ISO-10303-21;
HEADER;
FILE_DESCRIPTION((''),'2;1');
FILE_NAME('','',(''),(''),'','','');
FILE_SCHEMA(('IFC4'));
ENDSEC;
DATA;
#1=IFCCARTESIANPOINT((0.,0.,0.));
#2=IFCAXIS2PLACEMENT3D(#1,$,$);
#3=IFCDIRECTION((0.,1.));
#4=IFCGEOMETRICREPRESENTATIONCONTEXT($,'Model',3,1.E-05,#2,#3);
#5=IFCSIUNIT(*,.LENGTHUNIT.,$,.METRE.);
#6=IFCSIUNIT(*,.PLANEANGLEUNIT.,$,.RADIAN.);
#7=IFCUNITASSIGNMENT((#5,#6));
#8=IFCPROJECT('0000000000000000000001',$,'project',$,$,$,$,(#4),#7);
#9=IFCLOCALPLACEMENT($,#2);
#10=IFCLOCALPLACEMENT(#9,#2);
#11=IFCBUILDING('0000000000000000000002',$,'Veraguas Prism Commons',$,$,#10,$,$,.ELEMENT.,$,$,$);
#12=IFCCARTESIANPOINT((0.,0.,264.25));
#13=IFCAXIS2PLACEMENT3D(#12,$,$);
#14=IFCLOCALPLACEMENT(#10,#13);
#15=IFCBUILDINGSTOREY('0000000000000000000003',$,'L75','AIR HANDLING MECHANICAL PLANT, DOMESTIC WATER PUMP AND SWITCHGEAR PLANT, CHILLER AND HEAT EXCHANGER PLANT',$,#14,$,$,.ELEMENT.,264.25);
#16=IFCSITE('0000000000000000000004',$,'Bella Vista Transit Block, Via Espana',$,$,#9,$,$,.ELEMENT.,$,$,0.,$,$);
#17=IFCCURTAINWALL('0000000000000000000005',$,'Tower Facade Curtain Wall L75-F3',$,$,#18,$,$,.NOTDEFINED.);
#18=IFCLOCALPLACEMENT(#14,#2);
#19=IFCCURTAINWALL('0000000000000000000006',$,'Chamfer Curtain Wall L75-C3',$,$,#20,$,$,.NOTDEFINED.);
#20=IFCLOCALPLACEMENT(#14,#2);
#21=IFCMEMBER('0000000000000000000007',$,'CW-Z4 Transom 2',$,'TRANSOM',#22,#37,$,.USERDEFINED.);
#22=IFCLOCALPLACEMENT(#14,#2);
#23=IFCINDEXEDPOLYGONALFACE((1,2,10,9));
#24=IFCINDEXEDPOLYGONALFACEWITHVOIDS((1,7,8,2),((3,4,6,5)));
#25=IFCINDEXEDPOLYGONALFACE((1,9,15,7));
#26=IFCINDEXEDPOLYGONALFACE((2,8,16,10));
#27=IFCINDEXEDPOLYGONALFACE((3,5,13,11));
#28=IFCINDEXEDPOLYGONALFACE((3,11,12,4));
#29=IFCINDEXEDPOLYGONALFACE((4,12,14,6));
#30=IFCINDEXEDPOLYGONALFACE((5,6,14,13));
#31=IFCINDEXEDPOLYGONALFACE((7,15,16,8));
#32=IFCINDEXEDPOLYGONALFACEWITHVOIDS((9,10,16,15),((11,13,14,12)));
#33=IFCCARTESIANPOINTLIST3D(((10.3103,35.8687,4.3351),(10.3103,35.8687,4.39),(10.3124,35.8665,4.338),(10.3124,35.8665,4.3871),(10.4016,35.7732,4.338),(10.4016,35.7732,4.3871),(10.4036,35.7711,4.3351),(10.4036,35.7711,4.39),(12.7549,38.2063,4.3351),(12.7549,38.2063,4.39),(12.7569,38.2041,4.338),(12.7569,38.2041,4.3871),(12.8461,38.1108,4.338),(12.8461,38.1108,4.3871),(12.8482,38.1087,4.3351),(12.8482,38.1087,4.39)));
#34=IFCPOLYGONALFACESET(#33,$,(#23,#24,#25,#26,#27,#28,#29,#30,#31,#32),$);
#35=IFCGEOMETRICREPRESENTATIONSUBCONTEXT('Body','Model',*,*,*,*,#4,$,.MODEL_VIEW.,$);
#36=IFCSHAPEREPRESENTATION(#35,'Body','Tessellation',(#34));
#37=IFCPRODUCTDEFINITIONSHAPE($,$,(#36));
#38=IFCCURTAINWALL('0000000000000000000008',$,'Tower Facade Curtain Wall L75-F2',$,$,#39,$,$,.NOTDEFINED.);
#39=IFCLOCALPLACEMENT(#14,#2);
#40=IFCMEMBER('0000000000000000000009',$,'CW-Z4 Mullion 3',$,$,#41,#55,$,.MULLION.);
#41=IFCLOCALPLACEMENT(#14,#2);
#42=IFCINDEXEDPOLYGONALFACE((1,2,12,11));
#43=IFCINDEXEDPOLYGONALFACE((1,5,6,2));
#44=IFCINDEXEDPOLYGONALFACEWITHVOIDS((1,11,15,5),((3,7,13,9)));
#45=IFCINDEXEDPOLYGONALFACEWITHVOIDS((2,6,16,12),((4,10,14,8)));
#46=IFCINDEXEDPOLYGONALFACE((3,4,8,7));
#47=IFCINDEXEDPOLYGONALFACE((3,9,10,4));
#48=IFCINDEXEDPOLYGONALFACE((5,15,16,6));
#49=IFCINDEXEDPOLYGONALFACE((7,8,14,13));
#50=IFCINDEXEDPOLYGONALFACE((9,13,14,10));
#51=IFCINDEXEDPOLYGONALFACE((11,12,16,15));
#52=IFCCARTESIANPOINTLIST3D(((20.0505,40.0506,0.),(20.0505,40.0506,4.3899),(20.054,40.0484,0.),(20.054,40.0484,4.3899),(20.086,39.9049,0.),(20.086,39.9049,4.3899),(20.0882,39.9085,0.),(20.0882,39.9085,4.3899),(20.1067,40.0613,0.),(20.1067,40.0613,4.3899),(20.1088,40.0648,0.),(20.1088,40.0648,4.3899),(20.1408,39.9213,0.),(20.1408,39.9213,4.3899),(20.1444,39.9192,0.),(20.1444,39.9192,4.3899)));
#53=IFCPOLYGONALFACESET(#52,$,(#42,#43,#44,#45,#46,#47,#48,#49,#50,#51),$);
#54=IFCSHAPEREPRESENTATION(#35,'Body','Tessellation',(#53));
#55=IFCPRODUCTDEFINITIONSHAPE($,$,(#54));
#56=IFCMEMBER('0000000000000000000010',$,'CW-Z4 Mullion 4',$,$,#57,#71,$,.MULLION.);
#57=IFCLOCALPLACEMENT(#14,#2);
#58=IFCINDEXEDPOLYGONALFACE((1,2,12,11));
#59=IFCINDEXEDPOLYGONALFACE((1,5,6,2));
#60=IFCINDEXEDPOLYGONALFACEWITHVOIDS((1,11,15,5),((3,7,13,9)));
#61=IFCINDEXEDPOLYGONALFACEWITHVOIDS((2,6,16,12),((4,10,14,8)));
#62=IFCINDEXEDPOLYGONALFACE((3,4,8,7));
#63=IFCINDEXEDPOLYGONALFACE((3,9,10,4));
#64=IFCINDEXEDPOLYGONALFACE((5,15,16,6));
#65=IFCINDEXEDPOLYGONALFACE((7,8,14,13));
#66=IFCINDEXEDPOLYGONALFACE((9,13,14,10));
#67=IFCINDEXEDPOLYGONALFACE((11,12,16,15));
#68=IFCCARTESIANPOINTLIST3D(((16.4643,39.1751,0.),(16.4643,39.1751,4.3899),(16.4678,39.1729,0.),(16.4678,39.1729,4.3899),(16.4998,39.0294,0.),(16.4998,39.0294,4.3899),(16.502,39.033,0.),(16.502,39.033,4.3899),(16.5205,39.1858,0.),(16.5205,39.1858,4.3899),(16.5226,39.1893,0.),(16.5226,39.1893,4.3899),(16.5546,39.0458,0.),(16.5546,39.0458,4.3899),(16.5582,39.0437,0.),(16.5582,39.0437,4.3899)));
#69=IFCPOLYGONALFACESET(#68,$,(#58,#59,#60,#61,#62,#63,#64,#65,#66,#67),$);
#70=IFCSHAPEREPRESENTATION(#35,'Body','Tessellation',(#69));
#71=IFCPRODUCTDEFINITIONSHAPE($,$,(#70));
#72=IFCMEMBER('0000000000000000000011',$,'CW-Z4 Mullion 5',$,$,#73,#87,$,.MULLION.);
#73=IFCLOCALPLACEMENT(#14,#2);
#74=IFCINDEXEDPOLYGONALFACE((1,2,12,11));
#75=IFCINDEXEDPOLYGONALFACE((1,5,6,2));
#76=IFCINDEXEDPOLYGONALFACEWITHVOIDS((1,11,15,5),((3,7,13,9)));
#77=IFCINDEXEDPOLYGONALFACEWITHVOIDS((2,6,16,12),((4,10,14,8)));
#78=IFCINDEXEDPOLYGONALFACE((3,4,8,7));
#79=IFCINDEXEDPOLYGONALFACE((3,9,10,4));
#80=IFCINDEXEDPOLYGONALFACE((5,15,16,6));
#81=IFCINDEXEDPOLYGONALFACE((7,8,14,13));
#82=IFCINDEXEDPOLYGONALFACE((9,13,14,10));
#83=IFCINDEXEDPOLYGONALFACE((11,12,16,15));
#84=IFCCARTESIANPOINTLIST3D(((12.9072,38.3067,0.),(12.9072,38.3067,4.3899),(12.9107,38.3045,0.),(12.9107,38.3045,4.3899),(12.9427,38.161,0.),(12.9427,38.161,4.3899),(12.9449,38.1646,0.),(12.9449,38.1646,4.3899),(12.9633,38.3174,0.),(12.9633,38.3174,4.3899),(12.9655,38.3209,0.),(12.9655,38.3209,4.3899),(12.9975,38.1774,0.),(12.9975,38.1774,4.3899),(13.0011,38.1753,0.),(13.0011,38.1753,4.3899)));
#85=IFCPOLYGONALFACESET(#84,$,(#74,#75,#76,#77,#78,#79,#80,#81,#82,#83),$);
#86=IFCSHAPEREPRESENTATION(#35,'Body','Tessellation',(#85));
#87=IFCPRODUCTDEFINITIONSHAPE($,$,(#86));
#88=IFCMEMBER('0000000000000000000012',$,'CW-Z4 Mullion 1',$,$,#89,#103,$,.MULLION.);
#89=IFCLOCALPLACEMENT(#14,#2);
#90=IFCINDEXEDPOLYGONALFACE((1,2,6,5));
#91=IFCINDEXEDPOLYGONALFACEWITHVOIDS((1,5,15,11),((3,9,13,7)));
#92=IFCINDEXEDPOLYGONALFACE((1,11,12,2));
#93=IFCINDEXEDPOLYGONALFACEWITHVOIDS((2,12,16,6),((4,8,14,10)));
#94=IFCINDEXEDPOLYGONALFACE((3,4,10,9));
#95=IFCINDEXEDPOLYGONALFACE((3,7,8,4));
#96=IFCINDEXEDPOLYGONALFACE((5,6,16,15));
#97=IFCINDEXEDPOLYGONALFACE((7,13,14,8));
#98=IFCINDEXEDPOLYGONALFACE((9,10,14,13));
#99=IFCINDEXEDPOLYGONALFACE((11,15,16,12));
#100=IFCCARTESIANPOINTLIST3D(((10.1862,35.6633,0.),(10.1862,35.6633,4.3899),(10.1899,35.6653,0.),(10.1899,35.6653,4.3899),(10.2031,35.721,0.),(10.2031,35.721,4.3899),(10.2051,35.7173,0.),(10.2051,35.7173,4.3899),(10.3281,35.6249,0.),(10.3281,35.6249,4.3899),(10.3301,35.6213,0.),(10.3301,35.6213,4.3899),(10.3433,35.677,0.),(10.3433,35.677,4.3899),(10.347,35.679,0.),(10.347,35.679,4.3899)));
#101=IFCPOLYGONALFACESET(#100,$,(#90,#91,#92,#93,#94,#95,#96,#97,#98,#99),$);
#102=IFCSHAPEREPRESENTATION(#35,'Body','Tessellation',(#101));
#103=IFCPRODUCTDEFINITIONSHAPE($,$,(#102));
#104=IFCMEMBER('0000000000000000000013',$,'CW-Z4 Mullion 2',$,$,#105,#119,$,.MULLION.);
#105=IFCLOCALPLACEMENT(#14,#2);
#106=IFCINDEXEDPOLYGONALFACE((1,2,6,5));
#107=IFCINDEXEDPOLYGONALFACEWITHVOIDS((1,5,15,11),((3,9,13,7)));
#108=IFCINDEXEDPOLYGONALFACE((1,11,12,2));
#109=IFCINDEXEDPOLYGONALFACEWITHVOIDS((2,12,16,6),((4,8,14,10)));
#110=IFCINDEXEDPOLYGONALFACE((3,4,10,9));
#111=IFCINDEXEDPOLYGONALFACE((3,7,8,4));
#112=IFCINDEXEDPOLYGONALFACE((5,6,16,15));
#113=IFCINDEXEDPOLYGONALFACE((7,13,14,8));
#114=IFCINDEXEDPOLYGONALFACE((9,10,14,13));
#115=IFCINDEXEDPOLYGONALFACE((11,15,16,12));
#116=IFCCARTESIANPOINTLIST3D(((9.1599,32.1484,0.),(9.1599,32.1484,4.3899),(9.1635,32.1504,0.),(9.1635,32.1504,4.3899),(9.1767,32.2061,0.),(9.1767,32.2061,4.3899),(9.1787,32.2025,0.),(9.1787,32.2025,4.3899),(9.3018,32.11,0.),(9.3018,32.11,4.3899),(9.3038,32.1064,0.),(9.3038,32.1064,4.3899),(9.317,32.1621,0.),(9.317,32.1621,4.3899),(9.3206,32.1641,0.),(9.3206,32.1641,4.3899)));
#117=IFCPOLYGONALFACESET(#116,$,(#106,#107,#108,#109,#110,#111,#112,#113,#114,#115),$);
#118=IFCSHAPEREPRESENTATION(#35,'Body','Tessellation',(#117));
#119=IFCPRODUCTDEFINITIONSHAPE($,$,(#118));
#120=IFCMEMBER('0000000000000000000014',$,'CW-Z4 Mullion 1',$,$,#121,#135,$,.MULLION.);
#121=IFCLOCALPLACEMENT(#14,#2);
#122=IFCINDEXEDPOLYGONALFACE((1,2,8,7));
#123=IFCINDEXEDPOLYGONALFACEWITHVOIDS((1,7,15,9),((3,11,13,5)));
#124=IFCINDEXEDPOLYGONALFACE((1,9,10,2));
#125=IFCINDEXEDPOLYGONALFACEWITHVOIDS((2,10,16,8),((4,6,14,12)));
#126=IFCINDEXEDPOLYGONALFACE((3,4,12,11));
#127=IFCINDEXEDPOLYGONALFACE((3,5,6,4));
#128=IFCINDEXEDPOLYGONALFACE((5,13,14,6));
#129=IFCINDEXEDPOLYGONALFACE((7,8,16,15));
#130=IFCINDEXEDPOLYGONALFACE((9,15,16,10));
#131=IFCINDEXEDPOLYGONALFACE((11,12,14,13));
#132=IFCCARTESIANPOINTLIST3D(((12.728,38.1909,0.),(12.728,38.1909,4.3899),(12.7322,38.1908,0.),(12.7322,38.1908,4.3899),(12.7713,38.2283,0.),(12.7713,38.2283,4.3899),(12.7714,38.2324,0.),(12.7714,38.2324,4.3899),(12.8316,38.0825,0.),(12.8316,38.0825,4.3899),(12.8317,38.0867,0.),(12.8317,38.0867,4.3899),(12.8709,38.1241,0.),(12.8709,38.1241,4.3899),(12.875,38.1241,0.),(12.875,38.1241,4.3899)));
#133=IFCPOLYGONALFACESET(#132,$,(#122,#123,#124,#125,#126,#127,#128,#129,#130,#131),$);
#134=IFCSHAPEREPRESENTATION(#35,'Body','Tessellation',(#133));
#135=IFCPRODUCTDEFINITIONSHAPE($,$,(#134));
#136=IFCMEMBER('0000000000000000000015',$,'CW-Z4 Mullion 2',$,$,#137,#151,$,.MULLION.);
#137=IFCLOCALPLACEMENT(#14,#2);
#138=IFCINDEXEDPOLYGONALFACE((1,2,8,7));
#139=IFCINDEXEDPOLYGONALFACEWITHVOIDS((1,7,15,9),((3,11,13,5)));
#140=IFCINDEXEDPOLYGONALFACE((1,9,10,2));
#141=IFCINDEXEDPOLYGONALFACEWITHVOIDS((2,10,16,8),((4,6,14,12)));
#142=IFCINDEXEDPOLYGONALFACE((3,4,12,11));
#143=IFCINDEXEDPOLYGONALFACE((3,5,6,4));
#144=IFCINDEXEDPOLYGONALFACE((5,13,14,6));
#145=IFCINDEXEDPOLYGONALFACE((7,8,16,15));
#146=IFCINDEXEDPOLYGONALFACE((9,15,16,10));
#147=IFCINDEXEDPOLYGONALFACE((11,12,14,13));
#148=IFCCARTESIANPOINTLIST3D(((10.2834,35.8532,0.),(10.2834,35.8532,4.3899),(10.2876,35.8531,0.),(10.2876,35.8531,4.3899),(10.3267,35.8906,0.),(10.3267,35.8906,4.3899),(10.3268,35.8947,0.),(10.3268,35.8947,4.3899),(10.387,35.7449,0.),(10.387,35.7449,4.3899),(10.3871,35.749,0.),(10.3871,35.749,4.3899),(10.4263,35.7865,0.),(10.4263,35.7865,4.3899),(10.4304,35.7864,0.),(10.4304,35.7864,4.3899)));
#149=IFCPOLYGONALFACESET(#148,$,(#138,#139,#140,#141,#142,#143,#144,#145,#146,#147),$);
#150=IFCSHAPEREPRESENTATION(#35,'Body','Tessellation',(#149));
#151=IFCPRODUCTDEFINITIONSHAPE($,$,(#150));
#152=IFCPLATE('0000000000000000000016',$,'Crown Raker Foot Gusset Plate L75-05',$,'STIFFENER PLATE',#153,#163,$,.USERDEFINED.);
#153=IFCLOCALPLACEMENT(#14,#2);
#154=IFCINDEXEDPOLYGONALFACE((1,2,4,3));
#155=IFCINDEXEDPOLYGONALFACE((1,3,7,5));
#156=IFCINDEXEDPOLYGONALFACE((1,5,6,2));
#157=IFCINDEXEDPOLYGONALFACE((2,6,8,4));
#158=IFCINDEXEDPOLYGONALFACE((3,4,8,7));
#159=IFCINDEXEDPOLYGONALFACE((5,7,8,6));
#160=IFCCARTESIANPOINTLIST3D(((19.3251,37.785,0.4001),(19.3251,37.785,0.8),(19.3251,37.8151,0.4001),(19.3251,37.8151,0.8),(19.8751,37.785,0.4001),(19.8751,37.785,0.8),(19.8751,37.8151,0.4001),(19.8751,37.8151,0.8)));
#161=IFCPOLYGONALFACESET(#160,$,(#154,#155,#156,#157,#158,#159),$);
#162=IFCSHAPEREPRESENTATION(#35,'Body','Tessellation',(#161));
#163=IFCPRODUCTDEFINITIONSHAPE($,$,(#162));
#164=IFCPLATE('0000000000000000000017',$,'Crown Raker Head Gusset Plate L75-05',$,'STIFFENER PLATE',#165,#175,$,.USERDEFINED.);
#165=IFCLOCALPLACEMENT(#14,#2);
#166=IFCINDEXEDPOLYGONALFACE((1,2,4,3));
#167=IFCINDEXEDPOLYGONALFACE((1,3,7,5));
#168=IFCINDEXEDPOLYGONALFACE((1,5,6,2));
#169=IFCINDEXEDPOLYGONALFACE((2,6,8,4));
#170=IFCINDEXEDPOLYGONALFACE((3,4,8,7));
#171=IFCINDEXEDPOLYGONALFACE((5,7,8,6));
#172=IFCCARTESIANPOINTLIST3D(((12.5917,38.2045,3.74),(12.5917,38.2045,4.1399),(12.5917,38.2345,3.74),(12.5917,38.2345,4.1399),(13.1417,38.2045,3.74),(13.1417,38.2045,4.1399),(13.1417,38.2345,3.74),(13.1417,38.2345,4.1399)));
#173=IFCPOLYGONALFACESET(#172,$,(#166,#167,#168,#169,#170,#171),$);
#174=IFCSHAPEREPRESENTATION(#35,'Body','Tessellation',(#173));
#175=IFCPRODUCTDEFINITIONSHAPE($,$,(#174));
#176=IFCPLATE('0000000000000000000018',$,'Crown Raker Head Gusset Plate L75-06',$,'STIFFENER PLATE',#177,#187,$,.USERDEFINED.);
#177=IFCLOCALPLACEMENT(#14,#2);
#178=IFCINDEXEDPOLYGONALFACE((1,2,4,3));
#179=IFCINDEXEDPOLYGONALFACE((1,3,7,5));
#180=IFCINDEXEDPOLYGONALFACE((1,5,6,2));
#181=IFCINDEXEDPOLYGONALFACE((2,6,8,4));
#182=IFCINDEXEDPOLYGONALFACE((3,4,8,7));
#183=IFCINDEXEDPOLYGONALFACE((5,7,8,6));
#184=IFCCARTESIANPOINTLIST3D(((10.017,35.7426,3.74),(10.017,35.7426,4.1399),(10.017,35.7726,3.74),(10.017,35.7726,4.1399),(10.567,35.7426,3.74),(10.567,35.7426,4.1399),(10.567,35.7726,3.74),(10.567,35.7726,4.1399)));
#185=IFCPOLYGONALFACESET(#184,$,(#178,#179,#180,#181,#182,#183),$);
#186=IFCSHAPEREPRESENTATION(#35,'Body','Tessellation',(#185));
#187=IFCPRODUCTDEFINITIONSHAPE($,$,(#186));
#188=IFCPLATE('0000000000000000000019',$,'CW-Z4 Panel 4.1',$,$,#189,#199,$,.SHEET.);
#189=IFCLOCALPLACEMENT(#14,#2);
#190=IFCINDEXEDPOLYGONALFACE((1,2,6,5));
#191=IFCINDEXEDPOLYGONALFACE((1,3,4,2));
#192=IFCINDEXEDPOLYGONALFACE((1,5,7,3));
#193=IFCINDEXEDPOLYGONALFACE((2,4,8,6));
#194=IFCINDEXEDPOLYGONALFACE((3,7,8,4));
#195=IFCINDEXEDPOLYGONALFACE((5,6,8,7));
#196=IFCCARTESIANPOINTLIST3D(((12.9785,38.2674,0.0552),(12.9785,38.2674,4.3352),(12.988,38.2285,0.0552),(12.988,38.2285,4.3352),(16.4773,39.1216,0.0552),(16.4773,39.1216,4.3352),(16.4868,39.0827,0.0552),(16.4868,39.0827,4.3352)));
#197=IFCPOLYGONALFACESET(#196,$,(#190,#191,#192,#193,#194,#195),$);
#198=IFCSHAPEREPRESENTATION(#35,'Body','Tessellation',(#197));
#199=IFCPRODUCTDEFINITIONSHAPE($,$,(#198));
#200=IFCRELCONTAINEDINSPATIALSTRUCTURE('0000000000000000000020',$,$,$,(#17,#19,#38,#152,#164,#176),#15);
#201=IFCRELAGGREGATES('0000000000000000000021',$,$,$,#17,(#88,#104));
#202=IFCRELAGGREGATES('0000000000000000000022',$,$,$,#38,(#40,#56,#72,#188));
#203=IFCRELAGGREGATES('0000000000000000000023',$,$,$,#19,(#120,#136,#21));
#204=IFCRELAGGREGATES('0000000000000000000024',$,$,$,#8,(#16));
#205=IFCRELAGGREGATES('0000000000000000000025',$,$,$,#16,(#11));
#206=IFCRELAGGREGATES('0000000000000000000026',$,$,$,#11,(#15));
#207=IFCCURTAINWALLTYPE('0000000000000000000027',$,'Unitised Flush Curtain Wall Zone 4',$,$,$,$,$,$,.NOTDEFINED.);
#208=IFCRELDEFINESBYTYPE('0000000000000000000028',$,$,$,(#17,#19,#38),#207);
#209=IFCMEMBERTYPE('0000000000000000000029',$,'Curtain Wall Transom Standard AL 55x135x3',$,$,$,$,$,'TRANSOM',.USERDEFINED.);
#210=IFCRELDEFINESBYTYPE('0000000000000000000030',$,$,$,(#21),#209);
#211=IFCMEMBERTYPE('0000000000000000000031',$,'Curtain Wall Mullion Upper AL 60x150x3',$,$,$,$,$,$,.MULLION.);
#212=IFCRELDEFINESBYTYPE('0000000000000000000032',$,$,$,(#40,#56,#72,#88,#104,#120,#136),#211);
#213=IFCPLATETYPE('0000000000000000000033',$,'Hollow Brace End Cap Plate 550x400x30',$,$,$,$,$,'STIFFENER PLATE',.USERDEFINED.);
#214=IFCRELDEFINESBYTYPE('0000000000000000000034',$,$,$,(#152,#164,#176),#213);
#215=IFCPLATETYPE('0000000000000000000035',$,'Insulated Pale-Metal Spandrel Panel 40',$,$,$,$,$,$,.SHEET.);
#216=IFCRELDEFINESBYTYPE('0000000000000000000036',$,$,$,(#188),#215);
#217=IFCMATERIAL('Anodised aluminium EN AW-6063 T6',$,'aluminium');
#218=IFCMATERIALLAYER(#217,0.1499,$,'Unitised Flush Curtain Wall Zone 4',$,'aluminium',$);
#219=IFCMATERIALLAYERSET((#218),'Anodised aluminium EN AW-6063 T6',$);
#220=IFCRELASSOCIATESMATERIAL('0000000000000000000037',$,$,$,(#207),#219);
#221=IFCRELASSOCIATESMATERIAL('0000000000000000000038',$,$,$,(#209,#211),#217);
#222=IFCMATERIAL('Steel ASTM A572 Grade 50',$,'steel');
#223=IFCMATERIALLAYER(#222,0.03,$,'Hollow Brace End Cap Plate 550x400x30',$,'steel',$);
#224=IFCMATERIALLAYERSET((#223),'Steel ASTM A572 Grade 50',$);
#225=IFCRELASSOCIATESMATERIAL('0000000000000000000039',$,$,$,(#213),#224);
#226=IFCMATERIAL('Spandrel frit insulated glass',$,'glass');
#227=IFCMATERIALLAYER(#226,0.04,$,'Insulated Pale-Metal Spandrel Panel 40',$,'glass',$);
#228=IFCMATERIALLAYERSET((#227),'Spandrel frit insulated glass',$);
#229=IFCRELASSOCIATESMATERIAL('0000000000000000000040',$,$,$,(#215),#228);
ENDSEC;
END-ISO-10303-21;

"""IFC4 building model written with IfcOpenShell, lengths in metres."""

from ifc_helpers import new_model, si_unit, direction, frame, origin, origin_2d, place, context, subcontext, project, spatial, rectangle, hollow_rectangle, extrude, source, transform, mapped, material, layer, layer_set, material_profile, profile_set, type_object, element, aggregate, save


model = new_model("IFC4")

# Units and contexts
model_context = context("Model", 3, precision=1e-05, world=origin(), true_north=direction((0.0, 1.0)))
body_context = subcontext(model_context, "Body", "Model", "MODEL_VIEW")
ifc_project = project(units=[si_unit("LENGTHUNIT", "METRE"), si_unit("PLANEANGLEUNIT", "RADIAN")], contexts=[model_context])

# Site, building, storey
site_placement = place(None, origin())
site = spatial("IfcSite", under=ifc_project, at=site_placement, Name="Bella Vista Transit Block, Via Espana", CompositionType="ELEMENT", RefElevation=0.0)
building_placement = place(site_placement, origin())
building = spatial("IfcBuilding", under=site, at=building_placement, Name="Veraguas Prism Commons", CompositionType="ELEMENT")
storey_placement = place(building_placement, frame((0.0, 0.0, 264.25)))
storey = spatial("IfcBuildingStorey", under=building, at=storey_placement, Name="L75", Description="AIR HANDLING MECHANICAL PLANT, DOMESTIC WATER PUMP AND SWITCHGEAR PLANT, CHILLER AND HEAT EXCHANGER PLANT", CompositionType="ELEMENT", Elevation=264.25)

# Curtain walls, members
ifc_material_1 = material(Name="Anodised aluminium EN AW-6063 T6", Category="aluminium")
ifc_layer_1 = layer(ifc_material_1, 0.1499, Name="Unitised Flush Curtain Wall Zone 4", Category="aluminium")
ifc_layer_set_1 = layer_set([ifc_layer_1], Name="Anodised aluminium EN AW-6063 T6")
curtain_wall_type = type_object("IfcCurtainWallType", Name="Unitised Flush Curtain Wall Zone 4", PredefinedType="NOTDEFINED", material=ifc_layer_set_1)
curtain_wall_1_placement = place(storey_placement, origin())
curtain_wall_1 = element("IfcCurtainWall", 1, at=curtain_wall_1_placement, inside=storey, type_object=curtain_wall_type, Name="Tower Facade Curtain Wall L75-F3", PredefinedType="NOTDEFINED")
ifc_material_profile_1 = material_profile(ifc_material_1, hollow_rectangle(XDim=0.0549, YDim=0.135, WallThickness=0.0029, at=origin_2d()), Name="AL55X135X3")
ifc_profile_set_1 = profile_set([ifc_material_profile_1], Name="Anodised aluminium EN AW-6063 T6")
member_type_1 = type_object("IfcMemberType", Name="Curtain Wall Transom Standard AL 55x135x3", ElementType="TRANSOM", PredefinedType="USERDEFINED", material=ifc_profile_set_1)
curtain_wall_2_placement = place(storey_placement, origin())
curtain_wall_2 = element("IfcCurtainWall", 2, at=curtain_wall_2_placement, inside=storey, type_object=curtain_wall_type, Name="Chamfer Curtain Wall L75-C3", PredefinedType="NOTDEFINED")
shared_shape_1 = source(origin(), body_context, "Body", "SweptSolid", [
    extrude(hollow_rectangle(XDim=0.0549, YDim=0.135, WallThickness=0.0029, at=origin_2d()), origin(), (0.0, 0.0, 1.0), 3.3823),
])
member_1_placement = place(storey_placement, frame((12.8015, 38.1575, 4.3625), z_axis=(-0.722737, -0.691123, 0.0), x_axis=(0.0, 0.0, 1.0)))
member_1 = element("IfcMember", 3, at=member_1_placement, type_object=member_type_1, Name="CW-Z4 Transom 2", ObjectType="TRANSOM", PredefinedType="USERDEFINED", context=body_context, shape_type="MappedRepresentation", body=[
    mapped(shared_shape_1, transform((0.0, 0.0, 0.0), scale=1.0)),
])
curtain_wall_3_placement = place(storey_placement, origin())
curtain_wall_3 = element("IfcCurtainWall", 4, at=curtain_wall_3_placement, inside=storey, type_object=curtain_wall_type, Name="Tower Facade Curtain Wall L75-F2", PredefinedType="NOTDEFINED")
ifc_material_profile_2 = material_profile(ifc_material_1, hollow_rectangle(XDim=0.0601, YDim=0.1499, WallThickness=0.0029, at=origin_2d()), Name="AL60X150X3")
ifc_profile_set_2 = profile_set([ifc_material_profile_2], Name="Anodised aluminium EN AW-6063 T6")
member_type_2 = type_object("IfcMemberType", Name="Curtain Wall Mullion Upper AL 60x150x3", PredefinedType="MULLION", material=ifc_profile_set_2)
shared_shape_2 = source(origin(), body_context, "Body", "SweptSolid", [
    extrude(hollow_rectangle(XDim=0.0601, YDim=0.1499, WallThickness=0.0029, at=origin_2d()), origin(), (0.0, 0.0, 1.0), 4.3899),
])
member_2_placement = place(storey_placement, frame((20.0974, 39.9849, 0.0), z_axis=(0.0, 0.0, 1.0), x_axis=(-0.971466, -0.237181, 0.0)))
member_2 = element("IfcMember", 5, at=member_2_placement, type_object=member_type_2, Name="CW-Z4 Mullion 3", PredefinedType="MULLION", context=body_context, shape_type="MappedRepresentation", body=[
    mapped(shared_shape_2, transform((0.0, 0.0, 0.0), scale=1.0)),
])
member_3_placement = place(storey_placement, frame((16.5112, 39.1094, 0.0), z_axis=(0.0, 0.0, 1.0), x_axis=(-0.971466, -0.237181, 0.0)))
member_3 = element("IfcMember", 6, at=member_3_placement, type_object=member_type_2, Name="CW-Z4 Mullion 4", PredefinedType="MULLION", context=body_context, shape_type="MappedRepresentation", body=[
    mapped(shared_shape_2, transform((0.0, 0.0, 0.0), scale=1.0)),
])
member_4_placement = place(storey_placement, frame((12.9541, 38.241, 0.0), z_axis=(0.0, 0.0, 1.0), x_axis=(-0.971466, -0.237181, 0.0)))
member_4 = element("IfcMember", 7, at=member_4_placement, type_object=member_type_2, Name="CW-Z4 Mullion 5", PredefinedType="MULLION", context=body_context, shape_type="MappedRepresentation", body=[
    mapped(shared_shape_2, transform((0.0, 0.0, 0.0), scale=1.0)),
])

# Members
member_5_placement = place(storey_placement, frame((10.2666, 35.6711, 0.0), z_axis=(0.0, 0.0, 1.0), x_axis=(-0.280338, -0.959901, 0.0)))
member_5 = element("IfcMember", 8, at=member_5_placement, type_object=member_type_2, Name="CW-Z4 Mullion 1", PredefinedType="MULLION", context=body_context, shape_type="MappedRepresentation", body=[
    mapped(shared_shape_2, transform((0.0, 0.0, 0.0), scale=1.0)),
])
member_6_placement = place(storey_placement, frame((9.2402, 32.1562, 0.0), z_axis=(0.0, 0.0, 1.0), x_axis=(-0.280338, -0.959901, 0.0)))
member_6 = element("IfcMember", 9, at=member_6_placement, type_object=member_type_2, Name="CW-Z4 Mullion 2", PredefinedType="MULLION", context=body_context, shape_type="MappedRepresentation", body=[
    mapped(shared_shape_2, transform((0.0, 0.0, 0.0), scale=1.0)),
])
member_7_placement = place(storey_placement, frame((12.8015, 38.1575, 0.0), z_axis=(0.0, 0.0, 1.0), x_axis=(-0.722733, -0.691127, 0.0)))
member_7 = element("IfcMember", 10, at=member_7_placement, type_object=member_type_2, Name="CW-Z4 Mullion 1", PredefinedType="MULLION", context=body_context, shape_type="MappedRepresentation", body=[
    mapped(shared_shape_2, transform((0.0, 0.0, 0.0), scale=1.0)),
])
member_8_placement = place(storey_placement, frame((10.3569, 35.8198, 0.0), z_axis=(0.0, 0.0, 1.0), x_axis=(-0.722733, -0.691127, 0.0)))
member_8 = element("IfcMember", 11, at=member_8_placement, type_object=member_type_2, Name="CW-Z4 Mullion 2", PredefinedType="MULLION", context=body_context, shape_type="MappedRepresentation", body=[
    mapped(shared_shape_2, transform((0.0, 0.0, 0.0), scale=1.0)),
])

# Plates
ifc_material_2 = material(Name="Steel ASTM A572 Grade 50", Category="steel")
ifc_layer_2 = layer(ifc_material_2, 0.03, Name="Hollow Brace End Cap Plate 550x400x30", Category="steel")
ifc_layer_set_2 = layer_set([ifc_layer_2], Name="Steel ASTM A572 Grade 50")
plate_type_1 = type_object("IfcPlateType", Name="Hollow Brace End Cap Plate 550x400x30", ElementType="STIFFENER PLATE", PredefinedType="USERDEFINED", material=ifc_layer_set_2)
shared_shape_3 = source(origin(), body_context, "Body", "SweptSolid", [
    extrude(rectangle(XDim=0.55, YDim=0.03, at=origin_2d()), origin(), (0.0, 0.0, 1.0), 0.3999),
])
for number, where, z_axis, x_axis, name in (
    (12, (19.6001, 37.8, 0.4001), (0.0, 0.0, 1.0), (1.0, 0.0, 0.0), "Crown Raker Foot Gusset Plate L75-05"),
    (13, (12.8667, 38.2195, 3.74), (0.0, 0.0, 1.0), (1.0, 0.0, 0.0), "Crown Raker Head Gusset Plate L75-05"),
    (14, (10.292, 35.7576, 3.74), (0.0, 0.0, 1.0), (1.0, 0.0, 0.0), "Crown Raker Head Gusset Plate L75-06"),
):
    element("IfcPlate", number, at=place(storey_placement, frame(where, z_axis=z_axis, x_axis=x_axis)), inside=storey, type_object=plate_type_1, Name=name, ObjectType="STIFFENER PLATE", PredefinedType="USERDEFINED", context=body_context, shape_type="MappedRepresentation", body=[
        mapped(shared_shape_3, transform((0.0, 0.0, 0.0), scale=1.0)),
    ])

# Plate
ifc_material_3 = material(Name="Spandrel frit insulated glass", Category="glass")
ifc_layer_3 = layer(ifc_material_3, 0.04, Name="Insulated Pale-Metal Spandrel Panel 40", Category="glass")
ifc_layer_set_3 = layer_set([ifc_layer_3], Name="Spandrel frit insulated glass")
plate_type_2 = type_object("IfcPlateType", Name="Insulated Pale-Metal Spandrel Panel 40", PredefinedType="SHEET", material=ifc_layer_set_3)
shared_shape_4 = source(origin(), body_context, "Body", "SweptSolid", [
    extrude(rectangle(XDim=3.6016, YDim=0.04, at=origin_2d()), origin(), (0.0, 0.0, 1.0), 4.28),
])
plate_1_placement = place(storey_placement, frame((14.7327, 38.675, 0.0552), z_axis=(0.0, 0.0, 1.0), x_axis=(-0.971466, -0.237181, 0.0)))
plate_1 = element("IfcPlate", 15, at=plate_1_placement, type_object=plate_type_2, Name="CW-Z4 Panel 4.1", PredefinedType="SHEET", context=body_context, shape_type="MappedRepresentation", body=[
    mapped(shared_shape_4, transform((0.0, 0.0, 0.0), scale=1.0)),
])
aggregate(curtain_wall_1, [member_5, member_6])
aggregate(curtain_wall_3, [member_2, member_3, member_4, plate_1])
aggregate(curtain_wall_2, [member_7, member_8, member_1])

save(model, "model.ifc")
